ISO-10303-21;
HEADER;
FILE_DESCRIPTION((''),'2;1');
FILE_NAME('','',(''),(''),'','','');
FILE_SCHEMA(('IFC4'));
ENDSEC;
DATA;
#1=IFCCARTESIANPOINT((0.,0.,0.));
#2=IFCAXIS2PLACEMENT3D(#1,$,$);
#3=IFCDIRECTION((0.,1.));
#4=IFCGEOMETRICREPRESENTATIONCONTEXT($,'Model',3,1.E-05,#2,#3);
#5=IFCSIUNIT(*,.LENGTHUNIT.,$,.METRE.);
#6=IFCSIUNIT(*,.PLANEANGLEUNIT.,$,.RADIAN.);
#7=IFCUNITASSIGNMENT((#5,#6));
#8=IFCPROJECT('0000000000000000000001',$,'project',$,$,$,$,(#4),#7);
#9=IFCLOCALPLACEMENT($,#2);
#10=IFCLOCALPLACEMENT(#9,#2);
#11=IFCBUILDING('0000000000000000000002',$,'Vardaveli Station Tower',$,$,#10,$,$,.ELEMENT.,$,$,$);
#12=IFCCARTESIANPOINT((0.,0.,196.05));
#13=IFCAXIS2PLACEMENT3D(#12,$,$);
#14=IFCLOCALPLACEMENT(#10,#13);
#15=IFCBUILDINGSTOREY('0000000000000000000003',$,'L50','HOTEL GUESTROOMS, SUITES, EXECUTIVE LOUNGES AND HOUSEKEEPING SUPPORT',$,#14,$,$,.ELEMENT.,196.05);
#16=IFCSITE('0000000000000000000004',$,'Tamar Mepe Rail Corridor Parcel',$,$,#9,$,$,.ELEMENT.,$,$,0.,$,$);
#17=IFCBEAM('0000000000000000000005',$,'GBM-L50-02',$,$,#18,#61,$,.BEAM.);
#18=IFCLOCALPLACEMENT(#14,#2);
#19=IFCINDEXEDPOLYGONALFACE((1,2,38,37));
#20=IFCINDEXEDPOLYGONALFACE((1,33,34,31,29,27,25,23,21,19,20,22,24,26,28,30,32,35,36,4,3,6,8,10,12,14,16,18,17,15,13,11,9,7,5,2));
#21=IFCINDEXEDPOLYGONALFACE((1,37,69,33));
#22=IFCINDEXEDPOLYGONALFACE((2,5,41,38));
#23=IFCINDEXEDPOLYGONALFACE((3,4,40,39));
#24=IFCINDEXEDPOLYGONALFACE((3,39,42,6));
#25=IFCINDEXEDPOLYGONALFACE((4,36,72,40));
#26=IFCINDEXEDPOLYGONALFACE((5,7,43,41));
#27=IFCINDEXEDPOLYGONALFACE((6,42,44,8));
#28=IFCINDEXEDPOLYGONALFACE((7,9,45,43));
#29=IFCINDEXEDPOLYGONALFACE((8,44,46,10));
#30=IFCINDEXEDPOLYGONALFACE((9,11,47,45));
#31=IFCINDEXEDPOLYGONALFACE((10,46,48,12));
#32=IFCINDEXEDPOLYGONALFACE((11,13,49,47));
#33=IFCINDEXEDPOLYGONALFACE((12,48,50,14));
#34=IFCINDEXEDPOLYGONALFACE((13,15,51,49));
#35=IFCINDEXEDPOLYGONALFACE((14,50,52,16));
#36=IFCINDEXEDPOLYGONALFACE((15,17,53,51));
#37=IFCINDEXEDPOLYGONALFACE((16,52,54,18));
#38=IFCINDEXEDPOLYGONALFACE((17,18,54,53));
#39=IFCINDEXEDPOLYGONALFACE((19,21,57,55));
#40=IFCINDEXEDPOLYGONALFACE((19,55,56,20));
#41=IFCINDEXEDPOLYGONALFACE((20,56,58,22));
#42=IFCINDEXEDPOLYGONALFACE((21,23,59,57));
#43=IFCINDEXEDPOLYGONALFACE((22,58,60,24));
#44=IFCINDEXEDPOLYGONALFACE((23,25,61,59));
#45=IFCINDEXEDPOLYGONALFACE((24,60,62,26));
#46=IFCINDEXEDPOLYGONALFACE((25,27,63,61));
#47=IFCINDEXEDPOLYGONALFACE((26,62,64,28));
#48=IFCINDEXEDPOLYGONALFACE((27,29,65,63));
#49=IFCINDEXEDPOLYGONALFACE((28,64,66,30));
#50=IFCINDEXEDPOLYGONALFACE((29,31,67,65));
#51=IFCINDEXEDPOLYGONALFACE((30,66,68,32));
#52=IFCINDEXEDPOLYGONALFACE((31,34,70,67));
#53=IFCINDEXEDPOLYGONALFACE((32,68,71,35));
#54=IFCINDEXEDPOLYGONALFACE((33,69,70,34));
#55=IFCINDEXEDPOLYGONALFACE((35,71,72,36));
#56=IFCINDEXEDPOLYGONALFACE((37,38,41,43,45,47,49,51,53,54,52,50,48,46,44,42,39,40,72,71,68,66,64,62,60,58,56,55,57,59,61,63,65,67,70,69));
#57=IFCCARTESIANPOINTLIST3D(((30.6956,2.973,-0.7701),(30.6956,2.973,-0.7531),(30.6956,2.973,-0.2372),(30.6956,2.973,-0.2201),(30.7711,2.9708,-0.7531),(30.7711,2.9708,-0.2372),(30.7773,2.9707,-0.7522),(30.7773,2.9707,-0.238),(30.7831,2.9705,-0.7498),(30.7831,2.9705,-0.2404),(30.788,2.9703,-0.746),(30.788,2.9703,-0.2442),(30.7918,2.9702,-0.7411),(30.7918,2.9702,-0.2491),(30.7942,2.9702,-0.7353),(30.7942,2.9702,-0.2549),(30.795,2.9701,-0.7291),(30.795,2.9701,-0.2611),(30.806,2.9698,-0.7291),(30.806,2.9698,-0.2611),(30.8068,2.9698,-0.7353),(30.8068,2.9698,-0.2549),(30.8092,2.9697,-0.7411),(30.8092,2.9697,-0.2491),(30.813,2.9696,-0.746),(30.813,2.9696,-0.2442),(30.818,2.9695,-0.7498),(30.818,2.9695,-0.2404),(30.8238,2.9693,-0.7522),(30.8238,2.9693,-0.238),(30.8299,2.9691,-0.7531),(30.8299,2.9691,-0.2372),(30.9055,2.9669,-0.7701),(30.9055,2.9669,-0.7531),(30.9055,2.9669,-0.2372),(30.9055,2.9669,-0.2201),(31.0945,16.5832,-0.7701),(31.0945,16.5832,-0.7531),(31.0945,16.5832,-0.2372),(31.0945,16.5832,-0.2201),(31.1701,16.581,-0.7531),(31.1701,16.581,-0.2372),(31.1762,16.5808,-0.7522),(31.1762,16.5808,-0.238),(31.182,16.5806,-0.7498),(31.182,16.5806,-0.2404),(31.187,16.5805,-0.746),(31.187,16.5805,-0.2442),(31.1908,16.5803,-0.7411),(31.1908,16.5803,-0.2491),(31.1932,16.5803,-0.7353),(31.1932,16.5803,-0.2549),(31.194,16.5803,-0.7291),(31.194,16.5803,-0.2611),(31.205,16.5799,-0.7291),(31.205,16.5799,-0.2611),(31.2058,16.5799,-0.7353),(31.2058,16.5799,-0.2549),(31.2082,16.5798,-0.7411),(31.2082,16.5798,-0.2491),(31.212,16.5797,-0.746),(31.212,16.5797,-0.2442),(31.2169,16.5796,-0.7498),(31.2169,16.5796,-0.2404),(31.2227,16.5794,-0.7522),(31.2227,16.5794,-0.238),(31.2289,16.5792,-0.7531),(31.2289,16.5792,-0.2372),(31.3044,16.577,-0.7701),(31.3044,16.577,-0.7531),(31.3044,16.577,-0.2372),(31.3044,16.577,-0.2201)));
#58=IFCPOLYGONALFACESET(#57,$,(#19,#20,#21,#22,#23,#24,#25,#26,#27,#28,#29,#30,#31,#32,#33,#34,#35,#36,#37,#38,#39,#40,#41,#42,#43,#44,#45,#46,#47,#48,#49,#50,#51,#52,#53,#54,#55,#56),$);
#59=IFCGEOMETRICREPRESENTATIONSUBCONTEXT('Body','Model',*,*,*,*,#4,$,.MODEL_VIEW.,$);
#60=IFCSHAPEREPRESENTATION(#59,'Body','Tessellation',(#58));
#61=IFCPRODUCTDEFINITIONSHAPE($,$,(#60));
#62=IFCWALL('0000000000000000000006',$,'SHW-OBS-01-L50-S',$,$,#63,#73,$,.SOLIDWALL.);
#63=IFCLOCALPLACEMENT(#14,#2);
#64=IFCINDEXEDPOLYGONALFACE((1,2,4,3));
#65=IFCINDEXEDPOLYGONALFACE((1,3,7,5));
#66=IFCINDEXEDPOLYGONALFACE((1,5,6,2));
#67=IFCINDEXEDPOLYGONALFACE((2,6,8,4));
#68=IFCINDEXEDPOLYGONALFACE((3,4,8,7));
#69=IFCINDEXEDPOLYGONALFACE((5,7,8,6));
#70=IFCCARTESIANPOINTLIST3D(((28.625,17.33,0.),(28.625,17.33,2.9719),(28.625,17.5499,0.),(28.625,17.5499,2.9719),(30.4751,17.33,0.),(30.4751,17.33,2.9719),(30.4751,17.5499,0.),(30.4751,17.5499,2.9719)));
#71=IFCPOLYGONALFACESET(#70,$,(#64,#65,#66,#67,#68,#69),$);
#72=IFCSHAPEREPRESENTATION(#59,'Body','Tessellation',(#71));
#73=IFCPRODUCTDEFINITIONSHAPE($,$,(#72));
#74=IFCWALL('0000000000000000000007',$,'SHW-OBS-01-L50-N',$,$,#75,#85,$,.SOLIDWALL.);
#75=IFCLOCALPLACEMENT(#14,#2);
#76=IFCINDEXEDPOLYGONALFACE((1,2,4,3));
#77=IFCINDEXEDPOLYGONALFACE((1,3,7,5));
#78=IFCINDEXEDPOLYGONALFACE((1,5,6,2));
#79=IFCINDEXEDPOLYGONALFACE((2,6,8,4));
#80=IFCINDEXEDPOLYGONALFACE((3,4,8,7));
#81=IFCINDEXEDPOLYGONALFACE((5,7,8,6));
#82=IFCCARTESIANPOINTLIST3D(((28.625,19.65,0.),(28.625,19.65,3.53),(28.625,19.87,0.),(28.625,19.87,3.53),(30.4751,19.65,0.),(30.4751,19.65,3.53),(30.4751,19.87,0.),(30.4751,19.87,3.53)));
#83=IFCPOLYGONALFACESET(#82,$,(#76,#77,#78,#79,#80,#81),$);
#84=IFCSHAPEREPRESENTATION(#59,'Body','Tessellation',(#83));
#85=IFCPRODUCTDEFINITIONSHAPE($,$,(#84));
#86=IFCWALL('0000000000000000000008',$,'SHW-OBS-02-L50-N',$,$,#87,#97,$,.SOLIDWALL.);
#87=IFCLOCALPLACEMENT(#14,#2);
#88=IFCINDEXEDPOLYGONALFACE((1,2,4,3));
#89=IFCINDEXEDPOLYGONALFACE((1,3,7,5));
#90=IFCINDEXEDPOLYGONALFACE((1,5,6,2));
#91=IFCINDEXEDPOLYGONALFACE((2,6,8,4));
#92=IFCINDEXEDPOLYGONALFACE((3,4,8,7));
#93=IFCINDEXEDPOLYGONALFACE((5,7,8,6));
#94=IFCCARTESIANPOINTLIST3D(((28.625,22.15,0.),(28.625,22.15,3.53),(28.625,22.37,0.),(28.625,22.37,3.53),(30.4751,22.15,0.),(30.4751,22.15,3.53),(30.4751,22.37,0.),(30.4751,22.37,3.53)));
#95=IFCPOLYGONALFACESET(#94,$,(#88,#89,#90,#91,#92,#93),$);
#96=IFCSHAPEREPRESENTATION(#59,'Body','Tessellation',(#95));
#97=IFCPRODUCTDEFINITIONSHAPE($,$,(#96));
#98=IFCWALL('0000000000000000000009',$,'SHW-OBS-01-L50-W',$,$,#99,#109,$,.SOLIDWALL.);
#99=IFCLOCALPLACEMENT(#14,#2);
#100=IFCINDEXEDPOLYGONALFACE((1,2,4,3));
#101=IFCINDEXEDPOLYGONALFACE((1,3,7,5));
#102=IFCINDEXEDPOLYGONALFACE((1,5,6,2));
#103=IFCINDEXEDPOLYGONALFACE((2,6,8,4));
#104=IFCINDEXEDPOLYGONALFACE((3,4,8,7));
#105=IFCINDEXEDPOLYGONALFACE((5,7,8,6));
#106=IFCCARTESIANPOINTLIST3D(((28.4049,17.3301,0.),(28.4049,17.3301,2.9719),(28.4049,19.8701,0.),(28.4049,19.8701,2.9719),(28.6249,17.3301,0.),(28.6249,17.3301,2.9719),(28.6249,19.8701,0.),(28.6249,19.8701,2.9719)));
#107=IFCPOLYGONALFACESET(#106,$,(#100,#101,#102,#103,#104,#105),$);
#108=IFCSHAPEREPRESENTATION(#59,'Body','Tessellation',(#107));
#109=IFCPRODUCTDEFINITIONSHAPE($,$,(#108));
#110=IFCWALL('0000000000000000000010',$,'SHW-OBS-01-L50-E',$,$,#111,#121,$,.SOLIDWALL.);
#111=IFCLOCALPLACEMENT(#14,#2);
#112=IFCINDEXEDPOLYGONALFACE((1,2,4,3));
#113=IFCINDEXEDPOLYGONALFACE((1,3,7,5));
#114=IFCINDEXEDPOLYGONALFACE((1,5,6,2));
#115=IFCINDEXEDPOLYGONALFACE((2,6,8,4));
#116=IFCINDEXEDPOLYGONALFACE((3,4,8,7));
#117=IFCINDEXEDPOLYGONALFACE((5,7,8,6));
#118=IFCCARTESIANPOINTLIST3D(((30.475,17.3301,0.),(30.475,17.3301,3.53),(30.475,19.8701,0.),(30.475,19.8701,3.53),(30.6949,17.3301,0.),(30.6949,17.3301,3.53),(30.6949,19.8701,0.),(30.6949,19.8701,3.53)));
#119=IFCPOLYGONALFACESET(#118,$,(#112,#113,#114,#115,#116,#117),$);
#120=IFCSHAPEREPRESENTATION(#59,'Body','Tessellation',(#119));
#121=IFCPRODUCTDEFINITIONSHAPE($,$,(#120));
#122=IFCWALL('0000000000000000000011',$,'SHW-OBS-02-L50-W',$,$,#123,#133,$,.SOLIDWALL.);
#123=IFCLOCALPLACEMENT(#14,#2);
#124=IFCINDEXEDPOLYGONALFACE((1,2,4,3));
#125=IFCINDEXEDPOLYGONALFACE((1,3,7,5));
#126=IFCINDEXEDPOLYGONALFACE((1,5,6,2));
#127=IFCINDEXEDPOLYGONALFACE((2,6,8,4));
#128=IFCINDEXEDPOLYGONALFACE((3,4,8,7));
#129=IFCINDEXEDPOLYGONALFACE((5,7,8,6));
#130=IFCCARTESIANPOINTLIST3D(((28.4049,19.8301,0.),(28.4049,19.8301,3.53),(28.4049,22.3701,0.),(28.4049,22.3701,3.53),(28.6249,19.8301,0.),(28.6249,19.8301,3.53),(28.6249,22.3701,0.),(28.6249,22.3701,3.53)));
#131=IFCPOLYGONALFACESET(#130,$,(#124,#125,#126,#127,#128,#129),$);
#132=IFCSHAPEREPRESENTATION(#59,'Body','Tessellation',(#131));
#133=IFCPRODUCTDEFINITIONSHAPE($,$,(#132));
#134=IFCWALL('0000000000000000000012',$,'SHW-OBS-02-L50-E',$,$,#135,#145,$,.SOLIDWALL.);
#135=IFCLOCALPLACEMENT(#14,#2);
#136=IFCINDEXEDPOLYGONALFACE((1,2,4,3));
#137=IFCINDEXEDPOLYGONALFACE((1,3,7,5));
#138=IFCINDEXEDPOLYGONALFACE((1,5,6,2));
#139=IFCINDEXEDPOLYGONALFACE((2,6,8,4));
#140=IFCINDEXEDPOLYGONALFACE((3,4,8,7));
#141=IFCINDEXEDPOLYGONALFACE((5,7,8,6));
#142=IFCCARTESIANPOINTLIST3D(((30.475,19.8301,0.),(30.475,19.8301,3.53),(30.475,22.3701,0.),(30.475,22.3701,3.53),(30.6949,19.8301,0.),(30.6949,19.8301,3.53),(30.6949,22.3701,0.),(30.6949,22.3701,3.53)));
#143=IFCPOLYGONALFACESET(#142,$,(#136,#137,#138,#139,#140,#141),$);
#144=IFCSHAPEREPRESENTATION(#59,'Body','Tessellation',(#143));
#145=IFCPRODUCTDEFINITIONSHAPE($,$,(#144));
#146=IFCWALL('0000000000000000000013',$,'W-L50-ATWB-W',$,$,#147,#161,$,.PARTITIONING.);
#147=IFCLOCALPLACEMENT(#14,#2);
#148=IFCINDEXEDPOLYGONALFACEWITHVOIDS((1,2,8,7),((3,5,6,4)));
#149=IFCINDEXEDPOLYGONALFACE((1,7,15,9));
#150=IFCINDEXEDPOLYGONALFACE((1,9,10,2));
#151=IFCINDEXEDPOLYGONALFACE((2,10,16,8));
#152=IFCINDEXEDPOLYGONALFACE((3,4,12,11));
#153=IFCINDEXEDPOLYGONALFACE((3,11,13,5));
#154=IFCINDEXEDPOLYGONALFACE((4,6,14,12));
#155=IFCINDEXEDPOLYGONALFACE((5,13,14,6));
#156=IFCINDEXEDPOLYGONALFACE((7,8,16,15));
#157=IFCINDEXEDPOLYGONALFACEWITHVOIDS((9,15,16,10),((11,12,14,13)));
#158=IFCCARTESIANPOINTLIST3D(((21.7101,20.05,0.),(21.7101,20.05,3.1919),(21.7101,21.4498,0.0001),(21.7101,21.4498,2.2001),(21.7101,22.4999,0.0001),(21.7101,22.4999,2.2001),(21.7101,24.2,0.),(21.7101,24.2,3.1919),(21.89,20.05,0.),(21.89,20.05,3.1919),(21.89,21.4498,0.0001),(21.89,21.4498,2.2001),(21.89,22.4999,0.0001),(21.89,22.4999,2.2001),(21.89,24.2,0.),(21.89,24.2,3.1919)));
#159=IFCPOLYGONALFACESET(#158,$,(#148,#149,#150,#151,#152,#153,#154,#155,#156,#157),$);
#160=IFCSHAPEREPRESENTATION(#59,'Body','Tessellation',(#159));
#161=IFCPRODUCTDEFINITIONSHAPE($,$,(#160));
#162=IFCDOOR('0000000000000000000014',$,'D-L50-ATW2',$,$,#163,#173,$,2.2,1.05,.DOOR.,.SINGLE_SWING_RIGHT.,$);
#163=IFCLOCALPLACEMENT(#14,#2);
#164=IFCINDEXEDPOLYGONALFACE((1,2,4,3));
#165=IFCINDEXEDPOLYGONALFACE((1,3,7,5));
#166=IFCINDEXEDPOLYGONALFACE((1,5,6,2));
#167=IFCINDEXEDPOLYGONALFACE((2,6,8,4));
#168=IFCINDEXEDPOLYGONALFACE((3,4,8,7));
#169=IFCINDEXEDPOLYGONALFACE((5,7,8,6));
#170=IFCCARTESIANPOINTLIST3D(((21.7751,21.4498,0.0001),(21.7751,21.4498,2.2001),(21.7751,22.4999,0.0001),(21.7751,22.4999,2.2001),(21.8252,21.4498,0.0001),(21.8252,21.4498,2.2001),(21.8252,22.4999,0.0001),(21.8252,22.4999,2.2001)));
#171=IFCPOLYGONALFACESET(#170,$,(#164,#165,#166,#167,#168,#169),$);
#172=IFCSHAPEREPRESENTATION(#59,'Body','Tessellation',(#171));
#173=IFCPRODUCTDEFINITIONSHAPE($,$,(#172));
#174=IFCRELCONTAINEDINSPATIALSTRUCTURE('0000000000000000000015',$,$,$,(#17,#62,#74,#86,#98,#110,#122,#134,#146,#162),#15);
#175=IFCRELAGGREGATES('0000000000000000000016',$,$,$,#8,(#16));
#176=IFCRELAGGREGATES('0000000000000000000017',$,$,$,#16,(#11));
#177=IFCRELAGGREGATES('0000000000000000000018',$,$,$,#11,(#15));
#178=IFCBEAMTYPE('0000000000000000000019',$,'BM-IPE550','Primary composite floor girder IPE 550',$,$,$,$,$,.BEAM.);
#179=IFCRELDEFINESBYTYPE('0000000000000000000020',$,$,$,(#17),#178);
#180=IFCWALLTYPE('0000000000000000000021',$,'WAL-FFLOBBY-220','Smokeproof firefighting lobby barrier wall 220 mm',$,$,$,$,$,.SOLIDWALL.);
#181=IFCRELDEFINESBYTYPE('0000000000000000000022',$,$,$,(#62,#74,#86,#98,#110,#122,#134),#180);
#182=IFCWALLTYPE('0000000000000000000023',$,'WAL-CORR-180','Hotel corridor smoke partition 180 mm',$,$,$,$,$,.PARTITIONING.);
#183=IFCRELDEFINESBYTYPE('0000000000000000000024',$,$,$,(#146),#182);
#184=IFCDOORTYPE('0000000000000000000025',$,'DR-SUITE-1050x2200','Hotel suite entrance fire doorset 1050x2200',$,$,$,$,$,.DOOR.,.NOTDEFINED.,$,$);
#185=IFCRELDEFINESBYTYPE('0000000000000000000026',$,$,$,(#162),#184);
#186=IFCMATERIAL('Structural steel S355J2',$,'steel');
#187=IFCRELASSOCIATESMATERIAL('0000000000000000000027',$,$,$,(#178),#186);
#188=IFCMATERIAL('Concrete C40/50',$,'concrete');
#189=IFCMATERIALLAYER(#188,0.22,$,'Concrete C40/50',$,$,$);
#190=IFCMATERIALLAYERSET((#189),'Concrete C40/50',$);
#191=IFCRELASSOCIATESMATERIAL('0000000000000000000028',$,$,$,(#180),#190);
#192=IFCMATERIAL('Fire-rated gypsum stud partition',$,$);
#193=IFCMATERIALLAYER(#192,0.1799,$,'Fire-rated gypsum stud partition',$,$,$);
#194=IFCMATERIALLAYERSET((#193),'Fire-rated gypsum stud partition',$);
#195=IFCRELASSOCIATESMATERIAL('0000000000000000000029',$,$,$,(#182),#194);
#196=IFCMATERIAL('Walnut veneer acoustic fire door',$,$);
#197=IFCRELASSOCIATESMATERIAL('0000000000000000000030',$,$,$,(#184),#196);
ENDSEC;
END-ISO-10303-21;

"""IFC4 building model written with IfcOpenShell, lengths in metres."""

from ifc_helpers import new_model, si_unit, direction, frame, frame_2d, origin, origin_2d, place, context, subcontext, project, spatial, rectangle, i_section, extrude, source, transform, mapped, material, layer, layer_set, material_profile, profile_set, type_object, element, fill, save


model = new_model("IFC4")

# Units and contexts
model_context = context("Model", 3, precision=1e-05, world=origin(), true_north=direction((0.0, 1.0)))
body_context = subcontext(model_context, "Body", "Model", "MODEL_VIEW")
ifc_project = project(units=[si_unit("LENGTHUNIT", "METRE"), si_unit("PLANEANGLEUNIT", "RADIAN")], contexts=[model_context])

# Site, building, storey
site_placement = place(None, origin())
site = spatial("IfcSite", under=ifc_project, at=site_placement, Name="Tamar Mepe Rail Corridor Parcel", CompositionType="ELEMENT", RefElevation=0.0)
building_placement = place(site_placement, origin())
building = spatial("IfcBuilding", under=site, at=building_placement, Name="Vardaveli Station Tower", CompositionType="ELEMENT")
storey_placement = place(building_placement, frame((0.0, 0.0, 196.05)))
storey = spatial("IfcBuildingStorey", under=building, at=storey_placement, Name="L50", Description="HOTEL GUESTROOMS, SUITES, EXECUTIVE LOUNGES AND HOUSEKEEPING SUPPORT", CompositionType="ELEMENT", Elevation=196.05)

# Beam
ifc_material_1 = material(Name="Structural steel S355J2", Category="steel")
ifc_material_profile_1 = material_profile(ifc_material_1, i_section(OverallWidth=0.21, OverallDepth=0.55, WebThickness=0.011, FlangeThickness=0.0171, FilletRadius=0.0239, at=origin_2d()), Name="IPE 550")
ifc_profile_set_1 = profile_set([ifc_material_profile_1], Name="Structural steel S355J2")
beam_type_1 = type_object("IfcBeamType", Name="BM-IPE550", Description="Primary composite floor girder IPE 550", PredefinedType="BEAM", material=ifc_profile_set_1)
shared_shape_1 = source(origin(), body_context, "Body", "SweptSolid", [
    extrude(i_section(OverallWidth=0.21, OverallDepth=0.55, WebThickness=0.011, FlangeThickness=0.0171, FilletRadius=0.0239, at=origin_2d()), origin(), (0.0, 0.0, 1.0), 13.616),
])
beam_1_placement = place(storey_placement, frame((30.8005, 2.97, -0.4951), z_axis=(0.029298, 0.999571, 0.0), x_axis=(-0.999571, 0.029298, 0.0)))
element("IfcBeam", 1, at=beam_1_placement, inside=storey, type_object=beam_type_1, Name="GBM-L50-02", PredefinedType="BEAM", context=body_context, shape_type="MappedRepresentation", body=[
    mapped(shared_shape_1, transform((0.0, 0.0, 0.0), scale=1.0)),
])

# Walls
ifc_material_2 = material(Name="Concrete C40/50", Category="concrete")
ifc_layer_1 = layer(ifc_material_2, 0.22, Name="Concrete C40/50")
ifc_layer_set_1 = layer_set([ifc_layer_1], Name="Concrete C40/50")
wall_type_1 = type_object("IfcWallType", Name="WAL-FFLOBBY-220", Description="Smokeproof firefighting lobby barrier wall 220 mm", PredefinedType="SOLIDWALL", material=ifc_layer_set_1)
shared_shape_2 = source(origin(), body_context, "Body", "SweptSolid", [
    extrude(rectangle(XDim=1.8501, YDim=0.22, at=frame_2d((0.925, 0.0))), origin(), (0.0, 0.0, 1.0), 2.9719),
])
wall_1_placement = place(storey_placement, frame((28.625, 17.4399, 0.0), z_axis=(0.0, 0.0, 1.0), x_axis=(1.0, 0.0, 0.0)))
element("IfcWall", 2, at=wall_1_placement, inside=storey, type_object=wall_type_1, Name="SHW-OBS-01-L50-S", PredefinedType="SOLIDWALL", context=body_context, shape_type="MappedRepresentation", body=[
    mapped(shared_shape_2, transform((0.0, 0.0, 0.0), scale=1.0)),
])
shared_shape_3 = source(origin(), body_context, "Body", "SweptSolid", [
    extrude(rectangle(XDim=1.8501, YDim=0.22, at=frame_2d((0.925, 0.0))), origin(), (0.0, 0.0, 1.0), 3.53),
])
for number, where, z_axis, x_axis, name in (
    (3, (28.625, 19.76, 0.0), (0.0, 0.0, 1.0), (1.0, 0.0, 0.0), "SHW-OBS-01-L50-N"),
    (4, (28.625, 22.26, 0.0), (0.0, 0.0, 1.0), (1.0, 0.0, 0.0), "SHW-OBS-02-L50-N"),
):
    element("IfcWall", number, at=place(storey_placement, frame(where, z_axis=z_axis, x_axis=x_axis)), inside=storey, type_object=wall_type_1, Name=name, PredefinedType="SOLIDWALL", context=body_context, shape_type="MappedRepresentation", body=[
        mapped(shared_shape_3, transform((0.0, 0.0, 0.0), scale=1.0)),
    ])
shared_shape_4 = source(origin(), body_context, "Body", "SweptSolid", [
    extrude(rectangle(XDim=2.54, YDim=0.22, at=frame_2d((1.27, 0.0))), origin(), (0.0, 0.0, 1.0), 2.9719),
])
wall_2_placement = place(storey_placement, frame((28.5149, 17.3301, 0.0), z_axis=(0.0, 0.0, 1.0), x_axis=(0.0, 1.0, 0.0)))
element("IfcWall", 5, at=wall_2_placement, inside=storey, type_object=wall_type_1, Name="SHW-OBS-01-L50-W", PredefinedType="SOLIDWALL", context=body_context, shape_type="MappedRepresentation", body=[
    mapped(shared_shape_4, transform((0.0, 0.0, 0.0), scale=1.0)),
])
shared_shape_5 = source(origin(), body_context, "Body", "SweptSolid", [
    extrude(rectangle(XDim=2.54, YDim=0.22, at=frame_2d((1.27, 0.0))), origin(), (0.0, 0.0, 1.0), 3.53),
])
for number, where, z_axis, x_axis, name in (
    (6, (30.585, 17.3301, 0.0), (0.0, 0.0, 1.0), (0.0, 1.0, 0.0), "SHW-OBS-01-L50-E"),
    (7, (28.5149, 19.8301, 0.0), (0.0, 0.0, 1.0), (0.0, 1.0, 0.0), "SHW-OBS-02-L50-W"),
    (8, (30.585, 19.8301, 0.0), (0.0, 0.0, 1.0), (0.0, 1.0, 0.0), "SHW-OBS-02-L50-E"),
):
    element("IfcWall", number, at=place(storey_placement, frame(where, z_axis=z_axis, x_axis=x_axis)), inside=storey, type_object=wall_type_1, Name=name, PredefinedType="SOLIDWALL", context=body_context, shape_type="MappedRepresentation", body=[
        mapped(shared_shape_5, transform((0.0, 0.0, 0.0), scale=1.0)),
    ])

# Wall, opening, door
ifc_material_3 = material(Name="Fire-rated gypsum stud partition")
ifc_layer_2 = layer(ifc_material_3, 0.1799, Name="Fire-rated gypsum stud partition")
ifc_layer_set_2 = layer_set([ifc_layer_2], Name="Fire-rated gypsum stud partition")
wall_type_2 = type_object("IfcWallType", Name="WAL-CORR-180", Description="Hotel corridor smoke partition 180 mm", PredefinedType="PARTITIONING", material=ifc_layer_set_2)
shared_shape_6 = source(origin(), body_context, "Body", "SweptSolid", [
    extrude(rectangle(XDim=4.1499, YDim=0.1799, at=frame_2d((2.075, 0.0))), origin(), (0.0, 0.0, 1.0), 3.1919),
])
wall_3_placement = place(storey_placement, frame((21.8, 20.05, 0.0), z_axis=(0.0, 0.0, 1.0), x_axis=(0.0, 1.0, 0.0)))
wall_3 = element("IfcWall", 9, at=wall_3_placement, inside=storey, type_object=wall_type_2, Name="W-L50-ATWB-W", PredefinedType="PARTITIONING", context=body_context, shape_type="MappedRepresentation", body=[
    mapped(shared_shape_6, transform((0.0, 0.0, 0.0), scale=1.0)),
])
shared_shape_7 = source(origin(), body_context, "Body", "SweptSolid", [
    extrude(rectangle(XDim=1.05, YDim=2.2, at=frame_2d((0.5249, 1.1001))), frame((0.0, 0.1001, 0.0), z_axis=(0.0, -1.0, 0.0), x_axis=(1.0, 0.0, 0.0)), (0.0, 0.0, 1.0), 0.2),
])
opening_1_placement = place(wall_3_placement, frame((1.3999, 0.0, 0.0)))
opening_1 = element("IfcOpeningElement", 10, at=opening_1_placement, cuts=wall_3, PredefinedType="OPENING", context=body_context, shape_type="MappedRepresentation", body=[
    mapped(shared_shape_7, transform((0.0, 0.0, 0.0), scale=1.0)),
])
ifc_material_4 = material(Name="Walnut veneer acoustic fire door")
door_type_1 = type_object("IfcDoorType", Name="DR-SUITE-1050x2200", Description="Hotel suite entrance fire doorset 1050x2200", OperationType="NOTDEFINED", PredefinedType="DOOR", material=ifc_material_4)
shared_shape_8 = source(origin(), body_context, "Body", "SweptSolid", [
    extrude(rectangle(XDim=1.05, YDim=2.2, at=frame_2d((0.5249, 1.1001))), frame((0.0, 0.0249, 0.0), z_axis=(0.0, -1.0, 0.0), x_axis=(1.0, 0.0, 0.0)), (0.0, 0.0, 1.0), 0.05),
])
door_1_placement = place(opening_1_placement, origin())
door_1 = element("IfcDoor", 11, at=door_1_placement, inside=storey, type_object=door_type_1, Name="D-L50-ATW2", OperationType="SINGLE_SWING_RIGHT", OverallHeight=2.2, OverallWidth=1.05, PredefinedType="DOOR", context=body_context, shape_type="MappedRepresentation", body=[
    mapped(shared_shape_8, transform((0.0, 0.0, 0.0), scale=1.0)),
])
fill(opening_1, door_1)

save(model, "model.ifc")
